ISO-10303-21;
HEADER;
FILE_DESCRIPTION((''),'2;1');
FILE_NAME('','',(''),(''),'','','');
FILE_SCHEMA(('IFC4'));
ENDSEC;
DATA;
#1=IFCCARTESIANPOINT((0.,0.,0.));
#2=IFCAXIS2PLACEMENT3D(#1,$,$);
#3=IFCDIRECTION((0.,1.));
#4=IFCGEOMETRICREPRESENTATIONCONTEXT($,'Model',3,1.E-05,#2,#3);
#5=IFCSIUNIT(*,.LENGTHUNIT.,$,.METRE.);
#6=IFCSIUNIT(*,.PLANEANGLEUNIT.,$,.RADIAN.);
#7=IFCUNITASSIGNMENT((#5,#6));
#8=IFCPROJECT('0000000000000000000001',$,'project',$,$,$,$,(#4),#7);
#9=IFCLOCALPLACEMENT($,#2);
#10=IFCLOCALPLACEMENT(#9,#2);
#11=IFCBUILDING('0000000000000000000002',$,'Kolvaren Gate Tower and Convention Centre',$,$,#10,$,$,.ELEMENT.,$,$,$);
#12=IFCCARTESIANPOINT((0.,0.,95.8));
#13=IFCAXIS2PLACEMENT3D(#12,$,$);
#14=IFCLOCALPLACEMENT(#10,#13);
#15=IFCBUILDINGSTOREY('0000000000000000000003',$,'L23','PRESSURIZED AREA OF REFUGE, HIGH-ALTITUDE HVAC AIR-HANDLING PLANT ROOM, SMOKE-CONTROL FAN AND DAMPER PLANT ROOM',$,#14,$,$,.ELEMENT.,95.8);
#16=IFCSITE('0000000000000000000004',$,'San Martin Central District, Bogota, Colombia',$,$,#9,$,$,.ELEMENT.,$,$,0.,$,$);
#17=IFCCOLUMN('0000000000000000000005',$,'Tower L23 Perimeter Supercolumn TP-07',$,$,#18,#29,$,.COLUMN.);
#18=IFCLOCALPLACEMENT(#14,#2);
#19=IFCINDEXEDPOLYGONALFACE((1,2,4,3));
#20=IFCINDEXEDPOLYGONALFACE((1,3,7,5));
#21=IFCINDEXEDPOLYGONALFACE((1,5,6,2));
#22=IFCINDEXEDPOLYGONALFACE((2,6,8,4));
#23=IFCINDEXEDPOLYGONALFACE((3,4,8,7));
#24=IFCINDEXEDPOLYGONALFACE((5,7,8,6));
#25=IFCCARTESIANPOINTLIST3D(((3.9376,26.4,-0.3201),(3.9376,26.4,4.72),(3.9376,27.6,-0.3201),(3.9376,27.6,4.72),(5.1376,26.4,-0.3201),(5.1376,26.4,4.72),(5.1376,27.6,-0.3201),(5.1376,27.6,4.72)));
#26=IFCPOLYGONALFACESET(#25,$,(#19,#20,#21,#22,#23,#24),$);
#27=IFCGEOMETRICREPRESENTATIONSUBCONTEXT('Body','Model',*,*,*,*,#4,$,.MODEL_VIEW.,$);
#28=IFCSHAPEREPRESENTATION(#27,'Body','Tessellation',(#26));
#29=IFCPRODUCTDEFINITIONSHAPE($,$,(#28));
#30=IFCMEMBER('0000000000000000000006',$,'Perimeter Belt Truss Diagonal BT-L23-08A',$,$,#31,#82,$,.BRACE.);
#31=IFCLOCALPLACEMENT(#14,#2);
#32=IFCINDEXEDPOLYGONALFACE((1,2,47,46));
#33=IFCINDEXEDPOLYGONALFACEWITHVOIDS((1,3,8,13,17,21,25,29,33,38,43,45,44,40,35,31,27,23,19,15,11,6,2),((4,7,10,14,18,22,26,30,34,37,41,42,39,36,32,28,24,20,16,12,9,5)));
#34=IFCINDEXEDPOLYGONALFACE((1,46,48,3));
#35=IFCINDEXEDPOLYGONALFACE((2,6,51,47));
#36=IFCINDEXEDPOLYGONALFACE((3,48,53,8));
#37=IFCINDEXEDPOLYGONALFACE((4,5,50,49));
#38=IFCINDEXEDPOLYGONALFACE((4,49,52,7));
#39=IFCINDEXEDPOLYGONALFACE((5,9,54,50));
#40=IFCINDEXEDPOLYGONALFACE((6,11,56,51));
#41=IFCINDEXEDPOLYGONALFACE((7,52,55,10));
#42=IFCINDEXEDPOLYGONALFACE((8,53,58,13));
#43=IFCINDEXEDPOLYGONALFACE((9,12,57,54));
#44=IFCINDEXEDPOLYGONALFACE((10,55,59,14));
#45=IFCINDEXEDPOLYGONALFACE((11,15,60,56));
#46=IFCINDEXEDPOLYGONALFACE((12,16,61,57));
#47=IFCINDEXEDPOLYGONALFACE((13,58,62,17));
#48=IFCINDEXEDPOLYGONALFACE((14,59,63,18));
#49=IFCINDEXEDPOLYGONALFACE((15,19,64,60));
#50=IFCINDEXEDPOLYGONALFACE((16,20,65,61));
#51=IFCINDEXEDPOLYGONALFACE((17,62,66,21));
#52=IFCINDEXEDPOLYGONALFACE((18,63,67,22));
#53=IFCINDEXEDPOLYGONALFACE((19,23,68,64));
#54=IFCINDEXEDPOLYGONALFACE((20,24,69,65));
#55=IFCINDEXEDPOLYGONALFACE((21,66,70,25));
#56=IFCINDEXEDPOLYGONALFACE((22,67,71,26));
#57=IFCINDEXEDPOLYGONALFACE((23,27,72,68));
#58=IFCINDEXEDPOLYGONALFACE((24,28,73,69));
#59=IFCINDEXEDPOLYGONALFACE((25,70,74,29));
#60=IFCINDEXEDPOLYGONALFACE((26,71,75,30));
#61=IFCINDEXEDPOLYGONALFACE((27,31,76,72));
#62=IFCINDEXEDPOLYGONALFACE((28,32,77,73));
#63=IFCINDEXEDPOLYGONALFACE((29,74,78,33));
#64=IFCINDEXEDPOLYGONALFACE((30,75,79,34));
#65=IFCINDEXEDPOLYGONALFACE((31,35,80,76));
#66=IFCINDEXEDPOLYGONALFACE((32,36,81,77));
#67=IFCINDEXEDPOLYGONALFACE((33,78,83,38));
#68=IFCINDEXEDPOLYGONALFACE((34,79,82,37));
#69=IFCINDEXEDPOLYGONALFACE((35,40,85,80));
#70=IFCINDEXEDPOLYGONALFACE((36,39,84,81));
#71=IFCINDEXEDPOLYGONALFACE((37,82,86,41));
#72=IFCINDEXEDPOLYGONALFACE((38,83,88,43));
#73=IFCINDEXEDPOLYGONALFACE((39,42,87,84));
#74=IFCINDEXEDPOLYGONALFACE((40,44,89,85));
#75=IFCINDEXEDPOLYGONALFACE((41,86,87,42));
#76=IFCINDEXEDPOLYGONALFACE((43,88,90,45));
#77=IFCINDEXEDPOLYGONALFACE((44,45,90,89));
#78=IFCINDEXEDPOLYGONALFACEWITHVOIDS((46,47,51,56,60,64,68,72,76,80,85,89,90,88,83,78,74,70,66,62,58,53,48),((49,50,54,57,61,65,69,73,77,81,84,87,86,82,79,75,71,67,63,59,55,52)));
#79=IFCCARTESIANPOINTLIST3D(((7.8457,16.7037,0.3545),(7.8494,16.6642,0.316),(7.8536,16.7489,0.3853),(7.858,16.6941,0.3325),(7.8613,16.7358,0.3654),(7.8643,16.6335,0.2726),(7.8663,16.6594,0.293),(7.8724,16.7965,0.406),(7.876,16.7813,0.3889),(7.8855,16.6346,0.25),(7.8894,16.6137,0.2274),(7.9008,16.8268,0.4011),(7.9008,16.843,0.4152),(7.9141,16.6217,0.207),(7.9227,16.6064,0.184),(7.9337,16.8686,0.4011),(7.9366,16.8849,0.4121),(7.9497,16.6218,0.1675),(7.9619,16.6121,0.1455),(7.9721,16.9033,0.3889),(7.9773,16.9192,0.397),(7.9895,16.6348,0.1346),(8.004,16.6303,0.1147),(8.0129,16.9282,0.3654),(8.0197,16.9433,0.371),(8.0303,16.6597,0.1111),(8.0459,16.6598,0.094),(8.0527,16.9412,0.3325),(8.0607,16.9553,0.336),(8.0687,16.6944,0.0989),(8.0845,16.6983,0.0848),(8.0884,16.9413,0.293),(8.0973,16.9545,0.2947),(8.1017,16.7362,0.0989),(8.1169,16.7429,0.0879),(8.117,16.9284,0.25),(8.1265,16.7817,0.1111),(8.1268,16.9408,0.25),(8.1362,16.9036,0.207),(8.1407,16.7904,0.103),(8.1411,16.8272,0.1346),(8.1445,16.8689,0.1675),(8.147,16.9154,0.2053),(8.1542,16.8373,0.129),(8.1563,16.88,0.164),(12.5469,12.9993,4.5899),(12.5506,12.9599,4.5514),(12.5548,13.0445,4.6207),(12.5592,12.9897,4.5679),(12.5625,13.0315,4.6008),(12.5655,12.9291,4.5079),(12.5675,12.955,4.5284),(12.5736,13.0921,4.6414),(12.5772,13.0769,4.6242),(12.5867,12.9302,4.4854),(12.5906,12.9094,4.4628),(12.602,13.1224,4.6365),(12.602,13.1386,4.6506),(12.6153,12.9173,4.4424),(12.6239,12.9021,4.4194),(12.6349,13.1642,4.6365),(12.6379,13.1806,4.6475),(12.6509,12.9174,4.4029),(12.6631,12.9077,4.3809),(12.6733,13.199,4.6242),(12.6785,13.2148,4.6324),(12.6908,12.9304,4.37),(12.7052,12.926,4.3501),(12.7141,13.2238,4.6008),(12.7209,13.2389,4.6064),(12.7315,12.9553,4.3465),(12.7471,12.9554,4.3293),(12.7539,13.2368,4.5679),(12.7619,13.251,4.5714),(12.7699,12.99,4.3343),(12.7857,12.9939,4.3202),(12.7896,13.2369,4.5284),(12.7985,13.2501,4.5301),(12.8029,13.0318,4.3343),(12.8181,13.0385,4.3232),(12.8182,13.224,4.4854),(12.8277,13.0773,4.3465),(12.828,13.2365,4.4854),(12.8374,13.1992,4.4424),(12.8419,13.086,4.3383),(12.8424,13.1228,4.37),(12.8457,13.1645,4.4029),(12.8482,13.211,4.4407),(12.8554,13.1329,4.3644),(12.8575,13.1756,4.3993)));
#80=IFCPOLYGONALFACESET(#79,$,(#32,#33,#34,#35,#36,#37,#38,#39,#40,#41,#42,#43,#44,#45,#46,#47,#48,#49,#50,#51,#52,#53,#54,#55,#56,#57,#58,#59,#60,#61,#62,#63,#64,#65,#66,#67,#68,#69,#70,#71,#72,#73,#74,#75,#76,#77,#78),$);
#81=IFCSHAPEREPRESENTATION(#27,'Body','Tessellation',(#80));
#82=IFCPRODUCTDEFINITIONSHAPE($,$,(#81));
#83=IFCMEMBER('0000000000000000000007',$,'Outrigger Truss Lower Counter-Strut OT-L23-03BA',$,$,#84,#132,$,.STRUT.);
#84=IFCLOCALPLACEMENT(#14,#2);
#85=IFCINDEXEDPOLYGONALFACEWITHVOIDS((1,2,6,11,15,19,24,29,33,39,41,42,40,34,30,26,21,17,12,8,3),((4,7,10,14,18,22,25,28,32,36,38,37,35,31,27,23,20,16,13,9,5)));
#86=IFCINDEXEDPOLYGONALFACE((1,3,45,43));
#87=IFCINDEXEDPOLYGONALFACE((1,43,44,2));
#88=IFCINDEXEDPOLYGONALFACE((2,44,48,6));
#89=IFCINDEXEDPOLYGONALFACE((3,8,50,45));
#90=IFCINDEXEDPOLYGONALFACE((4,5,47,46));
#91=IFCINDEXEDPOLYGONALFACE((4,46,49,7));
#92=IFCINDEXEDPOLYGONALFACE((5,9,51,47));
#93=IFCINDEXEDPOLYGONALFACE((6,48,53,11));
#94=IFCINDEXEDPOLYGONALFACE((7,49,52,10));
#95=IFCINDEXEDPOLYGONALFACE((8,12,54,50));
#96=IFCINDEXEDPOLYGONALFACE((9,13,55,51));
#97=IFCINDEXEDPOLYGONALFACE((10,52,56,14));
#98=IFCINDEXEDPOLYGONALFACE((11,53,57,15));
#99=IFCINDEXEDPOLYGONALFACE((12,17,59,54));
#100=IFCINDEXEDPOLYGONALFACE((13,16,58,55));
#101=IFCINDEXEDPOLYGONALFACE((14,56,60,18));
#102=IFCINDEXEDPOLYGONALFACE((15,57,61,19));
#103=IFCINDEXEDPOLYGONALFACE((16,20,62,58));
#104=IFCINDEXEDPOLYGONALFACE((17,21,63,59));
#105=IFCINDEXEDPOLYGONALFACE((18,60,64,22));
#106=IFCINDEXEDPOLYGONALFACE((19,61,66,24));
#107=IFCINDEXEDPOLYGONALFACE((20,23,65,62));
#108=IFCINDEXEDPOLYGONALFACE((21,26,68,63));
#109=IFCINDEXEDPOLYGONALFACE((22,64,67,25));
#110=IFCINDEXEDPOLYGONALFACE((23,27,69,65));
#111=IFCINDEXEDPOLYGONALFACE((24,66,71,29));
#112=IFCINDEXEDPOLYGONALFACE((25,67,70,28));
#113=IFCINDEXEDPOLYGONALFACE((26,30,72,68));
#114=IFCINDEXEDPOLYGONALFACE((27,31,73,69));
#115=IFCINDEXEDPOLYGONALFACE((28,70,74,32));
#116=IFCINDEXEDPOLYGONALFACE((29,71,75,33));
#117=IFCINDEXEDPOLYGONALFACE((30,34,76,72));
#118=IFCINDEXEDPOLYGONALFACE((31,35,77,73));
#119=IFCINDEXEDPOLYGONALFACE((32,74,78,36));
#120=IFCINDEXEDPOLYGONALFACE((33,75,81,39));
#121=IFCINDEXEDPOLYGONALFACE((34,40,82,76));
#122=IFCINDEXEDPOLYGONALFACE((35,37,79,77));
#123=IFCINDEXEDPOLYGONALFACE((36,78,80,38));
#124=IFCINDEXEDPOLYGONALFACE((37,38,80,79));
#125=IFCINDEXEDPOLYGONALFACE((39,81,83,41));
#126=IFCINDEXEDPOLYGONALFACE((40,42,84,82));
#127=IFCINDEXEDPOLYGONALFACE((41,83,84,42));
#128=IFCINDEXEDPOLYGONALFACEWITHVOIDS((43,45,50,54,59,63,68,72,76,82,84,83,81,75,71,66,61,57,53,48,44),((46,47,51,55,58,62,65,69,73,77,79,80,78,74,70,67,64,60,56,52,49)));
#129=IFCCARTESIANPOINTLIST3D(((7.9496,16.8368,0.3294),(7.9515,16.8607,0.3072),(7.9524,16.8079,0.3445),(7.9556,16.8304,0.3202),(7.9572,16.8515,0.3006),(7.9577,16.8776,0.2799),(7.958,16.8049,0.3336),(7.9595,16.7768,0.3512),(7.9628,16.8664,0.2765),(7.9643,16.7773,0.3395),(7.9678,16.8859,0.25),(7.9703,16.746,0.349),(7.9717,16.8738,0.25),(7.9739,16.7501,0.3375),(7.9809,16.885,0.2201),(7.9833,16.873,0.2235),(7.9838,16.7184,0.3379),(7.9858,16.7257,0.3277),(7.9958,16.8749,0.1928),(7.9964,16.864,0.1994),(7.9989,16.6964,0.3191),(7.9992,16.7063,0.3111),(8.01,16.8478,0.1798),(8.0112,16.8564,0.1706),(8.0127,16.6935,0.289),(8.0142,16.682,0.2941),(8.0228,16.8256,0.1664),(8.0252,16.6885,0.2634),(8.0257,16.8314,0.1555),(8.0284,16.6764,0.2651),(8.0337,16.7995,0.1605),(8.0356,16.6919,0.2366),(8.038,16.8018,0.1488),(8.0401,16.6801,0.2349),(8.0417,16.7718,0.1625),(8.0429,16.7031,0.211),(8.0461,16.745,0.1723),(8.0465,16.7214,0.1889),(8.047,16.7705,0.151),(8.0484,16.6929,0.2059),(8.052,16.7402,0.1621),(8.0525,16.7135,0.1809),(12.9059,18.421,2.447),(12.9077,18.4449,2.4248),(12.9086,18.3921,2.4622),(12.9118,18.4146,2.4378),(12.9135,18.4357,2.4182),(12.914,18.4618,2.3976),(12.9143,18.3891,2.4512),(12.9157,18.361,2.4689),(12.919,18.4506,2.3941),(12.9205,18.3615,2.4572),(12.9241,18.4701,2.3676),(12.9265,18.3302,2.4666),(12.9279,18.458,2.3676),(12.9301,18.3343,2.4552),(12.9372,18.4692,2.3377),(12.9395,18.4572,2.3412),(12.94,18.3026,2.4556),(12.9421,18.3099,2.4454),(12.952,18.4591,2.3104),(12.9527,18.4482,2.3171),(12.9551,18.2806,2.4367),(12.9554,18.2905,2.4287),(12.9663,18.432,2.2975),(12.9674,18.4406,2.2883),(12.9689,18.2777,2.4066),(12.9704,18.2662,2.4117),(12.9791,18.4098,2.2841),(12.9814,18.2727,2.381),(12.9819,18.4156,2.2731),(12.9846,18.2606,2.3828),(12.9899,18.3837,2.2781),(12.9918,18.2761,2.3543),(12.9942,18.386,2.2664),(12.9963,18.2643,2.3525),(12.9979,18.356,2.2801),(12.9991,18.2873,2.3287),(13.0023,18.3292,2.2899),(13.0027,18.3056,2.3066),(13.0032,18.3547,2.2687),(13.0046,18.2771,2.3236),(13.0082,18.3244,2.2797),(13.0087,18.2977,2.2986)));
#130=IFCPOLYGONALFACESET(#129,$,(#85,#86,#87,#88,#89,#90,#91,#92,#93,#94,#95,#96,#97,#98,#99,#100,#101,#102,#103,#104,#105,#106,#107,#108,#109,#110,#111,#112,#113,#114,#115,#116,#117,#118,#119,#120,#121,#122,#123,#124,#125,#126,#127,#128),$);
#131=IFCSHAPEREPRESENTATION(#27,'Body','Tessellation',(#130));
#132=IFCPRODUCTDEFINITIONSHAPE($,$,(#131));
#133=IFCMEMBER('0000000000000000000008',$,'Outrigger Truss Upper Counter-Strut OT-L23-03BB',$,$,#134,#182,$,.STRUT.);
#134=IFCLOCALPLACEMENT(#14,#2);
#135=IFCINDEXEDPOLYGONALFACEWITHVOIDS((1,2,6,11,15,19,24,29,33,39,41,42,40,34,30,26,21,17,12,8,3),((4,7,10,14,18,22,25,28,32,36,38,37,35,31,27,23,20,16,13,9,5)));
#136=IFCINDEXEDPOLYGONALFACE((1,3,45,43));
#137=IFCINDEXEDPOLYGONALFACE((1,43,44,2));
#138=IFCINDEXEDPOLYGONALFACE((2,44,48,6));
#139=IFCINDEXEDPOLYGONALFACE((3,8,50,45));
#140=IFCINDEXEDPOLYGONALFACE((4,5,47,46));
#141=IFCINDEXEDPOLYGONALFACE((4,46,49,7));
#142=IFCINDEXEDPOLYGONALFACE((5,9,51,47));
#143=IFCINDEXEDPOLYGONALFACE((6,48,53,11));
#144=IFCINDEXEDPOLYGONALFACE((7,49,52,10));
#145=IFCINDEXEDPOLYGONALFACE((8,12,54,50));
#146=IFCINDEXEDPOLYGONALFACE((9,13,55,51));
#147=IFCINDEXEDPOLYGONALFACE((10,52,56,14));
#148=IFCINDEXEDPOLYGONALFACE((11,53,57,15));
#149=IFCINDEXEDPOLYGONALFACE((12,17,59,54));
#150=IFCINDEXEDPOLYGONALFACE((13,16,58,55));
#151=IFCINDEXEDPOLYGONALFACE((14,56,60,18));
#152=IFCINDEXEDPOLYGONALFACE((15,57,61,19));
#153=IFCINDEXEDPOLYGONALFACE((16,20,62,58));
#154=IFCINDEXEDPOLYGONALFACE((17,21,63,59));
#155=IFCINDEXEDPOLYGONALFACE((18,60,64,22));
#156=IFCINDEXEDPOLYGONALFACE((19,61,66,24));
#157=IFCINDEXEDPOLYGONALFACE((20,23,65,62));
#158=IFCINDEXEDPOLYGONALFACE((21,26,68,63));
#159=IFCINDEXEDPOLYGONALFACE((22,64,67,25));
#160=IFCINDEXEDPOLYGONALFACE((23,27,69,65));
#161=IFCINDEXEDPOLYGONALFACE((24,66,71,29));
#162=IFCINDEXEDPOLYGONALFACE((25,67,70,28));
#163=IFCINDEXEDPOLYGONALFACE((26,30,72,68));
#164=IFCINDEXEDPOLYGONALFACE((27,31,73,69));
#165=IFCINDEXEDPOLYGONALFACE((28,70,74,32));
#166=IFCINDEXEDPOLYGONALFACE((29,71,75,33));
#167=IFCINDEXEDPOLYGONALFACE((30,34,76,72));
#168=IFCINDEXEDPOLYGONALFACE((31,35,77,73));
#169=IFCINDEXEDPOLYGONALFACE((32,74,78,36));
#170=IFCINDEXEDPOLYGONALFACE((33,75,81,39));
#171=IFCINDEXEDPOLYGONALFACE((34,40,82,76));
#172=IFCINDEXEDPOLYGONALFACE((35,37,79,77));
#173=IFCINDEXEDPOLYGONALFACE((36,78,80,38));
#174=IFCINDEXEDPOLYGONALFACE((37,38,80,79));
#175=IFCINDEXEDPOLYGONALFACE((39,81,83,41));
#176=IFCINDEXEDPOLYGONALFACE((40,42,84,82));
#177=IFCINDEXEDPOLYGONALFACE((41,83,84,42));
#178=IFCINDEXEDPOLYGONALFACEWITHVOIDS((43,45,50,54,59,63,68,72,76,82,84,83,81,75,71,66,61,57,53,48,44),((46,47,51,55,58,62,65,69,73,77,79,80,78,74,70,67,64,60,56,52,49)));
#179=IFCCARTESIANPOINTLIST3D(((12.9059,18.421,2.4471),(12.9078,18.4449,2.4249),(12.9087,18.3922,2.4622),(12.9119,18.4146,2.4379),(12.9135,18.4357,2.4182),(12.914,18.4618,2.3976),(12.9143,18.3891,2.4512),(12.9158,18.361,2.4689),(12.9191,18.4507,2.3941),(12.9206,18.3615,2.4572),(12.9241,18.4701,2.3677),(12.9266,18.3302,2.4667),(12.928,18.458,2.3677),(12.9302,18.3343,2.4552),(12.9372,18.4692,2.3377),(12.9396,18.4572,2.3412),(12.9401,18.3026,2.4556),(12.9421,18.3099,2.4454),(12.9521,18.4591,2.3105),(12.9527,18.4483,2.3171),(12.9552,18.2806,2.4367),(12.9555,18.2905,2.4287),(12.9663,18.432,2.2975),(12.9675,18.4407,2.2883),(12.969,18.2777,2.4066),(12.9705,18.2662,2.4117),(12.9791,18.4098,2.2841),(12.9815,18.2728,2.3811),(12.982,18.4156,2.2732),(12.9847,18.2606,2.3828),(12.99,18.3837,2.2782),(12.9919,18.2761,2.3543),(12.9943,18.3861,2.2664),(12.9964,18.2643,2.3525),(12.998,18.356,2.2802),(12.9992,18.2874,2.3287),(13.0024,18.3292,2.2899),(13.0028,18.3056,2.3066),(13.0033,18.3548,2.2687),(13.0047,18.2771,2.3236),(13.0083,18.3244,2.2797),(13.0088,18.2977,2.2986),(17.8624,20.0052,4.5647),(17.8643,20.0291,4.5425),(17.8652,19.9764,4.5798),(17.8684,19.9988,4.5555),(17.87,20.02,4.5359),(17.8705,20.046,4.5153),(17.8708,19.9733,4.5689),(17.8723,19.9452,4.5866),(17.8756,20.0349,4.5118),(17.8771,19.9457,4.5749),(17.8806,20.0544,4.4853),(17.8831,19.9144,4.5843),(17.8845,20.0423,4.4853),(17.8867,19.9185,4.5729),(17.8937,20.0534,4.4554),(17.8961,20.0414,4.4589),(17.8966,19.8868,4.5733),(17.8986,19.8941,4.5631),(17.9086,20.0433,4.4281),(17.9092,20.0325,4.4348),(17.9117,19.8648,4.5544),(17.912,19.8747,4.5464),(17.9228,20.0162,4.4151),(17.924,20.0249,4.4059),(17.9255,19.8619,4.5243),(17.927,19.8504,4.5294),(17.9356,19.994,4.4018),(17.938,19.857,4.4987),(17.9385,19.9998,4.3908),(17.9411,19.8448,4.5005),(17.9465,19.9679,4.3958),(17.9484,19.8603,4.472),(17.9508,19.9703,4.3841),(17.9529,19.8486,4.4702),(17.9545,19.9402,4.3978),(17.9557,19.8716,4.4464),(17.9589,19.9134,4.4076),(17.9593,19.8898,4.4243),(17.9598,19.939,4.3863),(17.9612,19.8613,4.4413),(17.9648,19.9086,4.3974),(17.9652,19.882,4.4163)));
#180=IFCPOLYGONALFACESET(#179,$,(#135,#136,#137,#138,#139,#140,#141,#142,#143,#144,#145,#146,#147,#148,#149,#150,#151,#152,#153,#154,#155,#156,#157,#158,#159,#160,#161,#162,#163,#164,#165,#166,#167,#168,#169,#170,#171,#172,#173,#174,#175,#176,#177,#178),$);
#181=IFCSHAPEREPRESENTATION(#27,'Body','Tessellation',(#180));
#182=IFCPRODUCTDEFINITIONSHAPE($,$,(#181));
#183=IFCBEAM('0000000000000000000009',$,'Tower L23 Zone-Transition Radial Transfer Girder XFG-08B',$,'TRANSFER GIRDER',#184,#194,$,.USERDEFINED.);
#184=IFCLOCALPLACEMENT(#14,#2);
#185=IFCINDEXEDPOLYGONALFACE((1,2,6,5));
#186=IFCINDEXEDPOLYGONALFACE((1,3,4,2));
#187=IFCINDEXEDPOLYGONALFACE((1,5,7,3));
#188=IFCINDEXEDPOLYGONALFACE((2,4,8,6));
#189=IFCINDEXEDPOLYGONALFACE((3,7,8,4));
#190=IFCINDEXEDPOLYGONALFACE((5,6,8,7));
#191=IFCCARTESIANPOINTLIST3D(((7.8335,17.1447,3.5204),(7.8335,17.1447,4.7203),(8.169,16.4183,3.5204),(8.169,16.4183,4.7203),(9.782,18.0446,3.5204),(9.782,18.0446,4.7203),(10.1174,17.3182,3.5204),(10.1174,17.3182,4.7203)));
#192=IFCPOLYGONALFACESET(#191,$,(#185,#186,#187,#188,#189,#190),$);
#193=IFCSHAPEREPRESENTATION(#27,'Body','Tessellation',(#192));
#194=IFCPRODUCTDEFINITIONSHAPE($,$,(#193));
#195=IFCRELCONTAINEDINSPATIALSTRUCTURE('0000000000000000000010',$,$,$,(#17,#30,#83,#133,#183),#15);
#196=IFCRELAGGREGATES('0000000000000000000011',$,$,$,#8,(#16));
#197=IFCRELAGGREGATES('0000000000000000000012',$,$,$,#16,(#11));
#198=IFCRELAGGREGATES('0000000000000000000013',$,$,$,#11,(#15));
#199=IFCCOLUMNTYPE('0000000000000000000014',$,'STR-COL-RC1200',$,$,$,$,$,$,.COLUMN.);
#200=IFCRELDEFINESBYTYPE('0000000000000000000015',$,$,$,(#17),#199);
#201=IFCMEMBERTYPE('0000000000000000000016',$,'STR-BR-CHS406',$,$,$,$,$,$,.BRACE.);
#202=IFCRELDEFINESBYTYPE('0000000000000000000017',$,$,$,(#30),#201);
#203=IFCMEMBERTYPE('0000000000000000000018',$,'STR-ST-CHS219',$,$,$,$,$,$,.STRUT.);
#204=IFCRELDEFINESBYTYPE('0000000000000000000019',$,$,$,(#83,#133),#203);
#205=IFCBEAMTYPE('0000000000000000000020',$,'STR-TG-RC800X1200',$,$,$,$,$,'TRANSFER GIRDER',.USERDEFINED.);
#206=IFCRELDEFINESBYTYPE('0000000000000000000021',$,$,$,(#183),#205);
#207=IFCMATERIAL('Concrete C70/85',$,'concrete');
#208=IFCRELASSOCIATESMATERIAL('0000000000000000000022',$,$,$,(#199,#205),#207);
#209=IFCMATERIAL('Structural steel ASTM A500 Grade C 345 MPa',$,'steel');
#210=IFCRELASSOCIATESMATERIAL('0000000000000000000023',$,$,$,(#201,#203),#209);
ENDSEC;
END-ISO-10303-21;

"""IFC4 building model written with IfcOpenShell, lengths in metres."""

from ifc_helpers import new_model, si_unit, direction, frame, origin, origin_2d, place, context, subcontext, project, spatial, rectangle, hollow_circle, extrude, material, material_profile, profile_set, type_object, element, save


model = new_model("IFC4")

# Units and contexts
model_context = context("Model", 3, precision=1e-05, world=origin(), true_north=direction((0.0, 1.0)))
body_context = subcontext(model_context, "Body", "Model", "MODEL_VIEW")
ifc_project = project(units=[si_unit("LENGTHUNIT", "METRE"), si_unit("PLANEANGLEUNIT", "RADIAN")], contexts=[model_context])

# Site, building, storey
site_placement = place(None, origin())
site = spatial("IfcSite", under=ifc_project, at=site_placement, Name="San Martin Central District, Bogota, Colombia", CompositionType="ELEMENT", RefElevation=0.0)
building_placement = place(site_placement, origin())
building = spatial("IfcBuilding", under=site, at=building_placement, Name="Kolvaren Gate Tower and Convention Centre", CompositionType="ELEMENT")
storey_placement = place(building_placement, frame((0.0, 0.0, 95.8)))
storey = spatial("IfcBuildingStorey", under=building, at=storey_placement, Name="L23", Description="PRESSURIZED AREA OF REFUGE, HIGH-ALTITUDE HVAC AIR-HANDLING PLANT ROOM, SMOKE-CONTROL FAN AND DAMPER PLANT ROOM", CompositionType="ELEMENT", Elevation=95.8)

# Column
ifc_material_1 = material(Name="Concrete C70/85", Category="concrete")
ifc_material_profile_1 = material_profile(ifc_material_1, rectangle(XDim=1.2, YDim=1.2, at=origin_2d()), Name="RC-COL-1200X1200")
ifc_profile_set_1 = profile_set([ifc_material_profile_1], Name="Concrete C70/85")
column_type = type_object("IfcColumnType", Name="STR-COL-RC1200", PredefinedType="COLUMN", material=ifc_profile_set_1)
column_placement = place(storey_placement, frame((4.5376, 27.0, -0.3201), z_axis=(0.0, 0.0, 1.0), x_axis=(1.0, 0.0, 0.0)))
element("IfcColumn", 1, at=column_placement, inside=storey, type_object=column_type, Name="Tower L23 Perimeter Supercolumn TP-07", PredefinedType="COLUMN", context=body_context, shape_type="SweptSolid", body=[
    extrude(rectangle(XDim=1.2, YDim=1.2, at=origin_2d()), origin(), (0.0, 0.0, 1.0), 5.04),
])

# Members
ifc_material_2 = material(Name="Structural steel ASTM A500 Grade C 345 MPa", Category="steel")
ifc_material_profile_2 = material_profile(ifc_material_2, hollow_circle(Radius=0.2029, WallThickness=0.0159, at=origin_2d()), Name="CHS406X15.9")
ifc_profile_set_2 = profile_set([ifc_material_profile_2], Name="Structural steel ASTM A500 Grade C 345 MPa")
member_type_1 = type_object("IfcMemberType", Name="STR-BR-CHS406", PredefinedType="BRACE", material=ifc_profile_set_2)
member_1_placement = place(storey_placement, frame((8.0012, 16.7815, 0.25), z_axis=(0.641167, -0.505215, 0.577636), x_axis=(0.618913, 0.78546, 0.0)))
element("IfcMember", 2, at=member_1_placement, inside=storey, type_object=member_type_1, Name="Perimeter Belt Truss Diagonal BT-L23-08A", PredefinedType="BRACE", context=body_context, shape_type="SweptSolid", body=[
    extrude(hollow_circle(Radius=0.2029, WallThickness=0.0159, at=origin_2d()), origin(), (0.0, 0.0, 1.0), 7.3323),
])
ifc_material_profile_3 = material_profile(ifc_material_2, hollow_circle(Radius=0.1096, WallThickness=0.0127, at=origin_2d()), Name="CHS219X12.7")
ifc_profile_set_3 = profile_set([ifc_material_profile_3], Name="Structural steel ASTM A500 Grade C 345 MPa")
member_type_2 = type_object("IfcMemberType", Name="STR-ST-CHS219", PredefinedType="STRUT", material=ifc_profile_set_3)
member_2_placement = place(storey_placement, frame((8.0012, 16.7815, 0.25), z_axis=(0.882255, 0.282004, 0.376961), x_axis=(-0.304464, 0.952524, 0.0)))
element("IfcMember", 3, at=member_2_placement, inside=storey, type_object=member_type_2, Name="Outrigger Truss Lower Counter-Strut OT-L23-03BA", PredefinedType="STRUT", context=body_context, shape_type="SweptSolid", body=[
    extrude(hollow_circle(Radius=0.1096, WallThickness=0.0127, at=origin_2d()), origin(), (0.0, 0.0, 1.0), 5.6177),
])
member_3_placement = place(storey_placement, frame((12.9575, 18.3657, 2.3677), z_axis=(0.882265, 0.281993, 0.376946), x_axis=(-0.304451, 0.952528, 0.0)))
element("IfcMember", 4, at=member_3_placement, inside=storey, type_object=member_type_2, Name="Outrigger Truss Upper Counter-Strut OT-L23-03BB", PredefinedType="STRUT", context=body_context, shape_type="SweptSolid", body=[
    extrude(hollow_circle(Radius=0.1096, WallThickness=0.0127, at=origin_2d()), origin(), (0.0, 0.0, 1.0), 5.6179),
])

# Beam
ifc_material_profile_4 = material_profile(ifc_material_1, rectangle(XDim=0.8, YDim=1.2, at=origin_2d()), Name="RC-BM-800X1200")
ifc_profile_set_4 = profile_set([ifc_material_profile_4], Name="Concrete C70/85")
beam_type = type_object("IfcBeamType", Name="STR-TG-RC800X1200", ElementType="TRANSFER GIRDER", PredefinedType="USERDEFINED", material=ifc_profile_set_4)
beam_placement = place(storey_placement, frame((9.9497, 17.6814, 4.1204), z_axis=(-0.907853, -0.419289, 0.0), x_axis=(0.419289, -0.907853, 0.0)))
element("IfcBeam", 5, at=beam_placement, inside=storey, type_object=beam_type, Name="Tower L23 Zone-Transition Radial Transfer Girder XFG-08B", ObjectType="TRANSFER GIRDER", PredefinedType="USERDEFINED", context=body_context, shape_type="SweptSolid", body=[
    extrude(rectangle(XDim=0.8, YDim=1.2, at=origin_2d()), origin(), (0.0, 0.0, 1.0), 2.1462),
])

save(model, "model.ifc")
